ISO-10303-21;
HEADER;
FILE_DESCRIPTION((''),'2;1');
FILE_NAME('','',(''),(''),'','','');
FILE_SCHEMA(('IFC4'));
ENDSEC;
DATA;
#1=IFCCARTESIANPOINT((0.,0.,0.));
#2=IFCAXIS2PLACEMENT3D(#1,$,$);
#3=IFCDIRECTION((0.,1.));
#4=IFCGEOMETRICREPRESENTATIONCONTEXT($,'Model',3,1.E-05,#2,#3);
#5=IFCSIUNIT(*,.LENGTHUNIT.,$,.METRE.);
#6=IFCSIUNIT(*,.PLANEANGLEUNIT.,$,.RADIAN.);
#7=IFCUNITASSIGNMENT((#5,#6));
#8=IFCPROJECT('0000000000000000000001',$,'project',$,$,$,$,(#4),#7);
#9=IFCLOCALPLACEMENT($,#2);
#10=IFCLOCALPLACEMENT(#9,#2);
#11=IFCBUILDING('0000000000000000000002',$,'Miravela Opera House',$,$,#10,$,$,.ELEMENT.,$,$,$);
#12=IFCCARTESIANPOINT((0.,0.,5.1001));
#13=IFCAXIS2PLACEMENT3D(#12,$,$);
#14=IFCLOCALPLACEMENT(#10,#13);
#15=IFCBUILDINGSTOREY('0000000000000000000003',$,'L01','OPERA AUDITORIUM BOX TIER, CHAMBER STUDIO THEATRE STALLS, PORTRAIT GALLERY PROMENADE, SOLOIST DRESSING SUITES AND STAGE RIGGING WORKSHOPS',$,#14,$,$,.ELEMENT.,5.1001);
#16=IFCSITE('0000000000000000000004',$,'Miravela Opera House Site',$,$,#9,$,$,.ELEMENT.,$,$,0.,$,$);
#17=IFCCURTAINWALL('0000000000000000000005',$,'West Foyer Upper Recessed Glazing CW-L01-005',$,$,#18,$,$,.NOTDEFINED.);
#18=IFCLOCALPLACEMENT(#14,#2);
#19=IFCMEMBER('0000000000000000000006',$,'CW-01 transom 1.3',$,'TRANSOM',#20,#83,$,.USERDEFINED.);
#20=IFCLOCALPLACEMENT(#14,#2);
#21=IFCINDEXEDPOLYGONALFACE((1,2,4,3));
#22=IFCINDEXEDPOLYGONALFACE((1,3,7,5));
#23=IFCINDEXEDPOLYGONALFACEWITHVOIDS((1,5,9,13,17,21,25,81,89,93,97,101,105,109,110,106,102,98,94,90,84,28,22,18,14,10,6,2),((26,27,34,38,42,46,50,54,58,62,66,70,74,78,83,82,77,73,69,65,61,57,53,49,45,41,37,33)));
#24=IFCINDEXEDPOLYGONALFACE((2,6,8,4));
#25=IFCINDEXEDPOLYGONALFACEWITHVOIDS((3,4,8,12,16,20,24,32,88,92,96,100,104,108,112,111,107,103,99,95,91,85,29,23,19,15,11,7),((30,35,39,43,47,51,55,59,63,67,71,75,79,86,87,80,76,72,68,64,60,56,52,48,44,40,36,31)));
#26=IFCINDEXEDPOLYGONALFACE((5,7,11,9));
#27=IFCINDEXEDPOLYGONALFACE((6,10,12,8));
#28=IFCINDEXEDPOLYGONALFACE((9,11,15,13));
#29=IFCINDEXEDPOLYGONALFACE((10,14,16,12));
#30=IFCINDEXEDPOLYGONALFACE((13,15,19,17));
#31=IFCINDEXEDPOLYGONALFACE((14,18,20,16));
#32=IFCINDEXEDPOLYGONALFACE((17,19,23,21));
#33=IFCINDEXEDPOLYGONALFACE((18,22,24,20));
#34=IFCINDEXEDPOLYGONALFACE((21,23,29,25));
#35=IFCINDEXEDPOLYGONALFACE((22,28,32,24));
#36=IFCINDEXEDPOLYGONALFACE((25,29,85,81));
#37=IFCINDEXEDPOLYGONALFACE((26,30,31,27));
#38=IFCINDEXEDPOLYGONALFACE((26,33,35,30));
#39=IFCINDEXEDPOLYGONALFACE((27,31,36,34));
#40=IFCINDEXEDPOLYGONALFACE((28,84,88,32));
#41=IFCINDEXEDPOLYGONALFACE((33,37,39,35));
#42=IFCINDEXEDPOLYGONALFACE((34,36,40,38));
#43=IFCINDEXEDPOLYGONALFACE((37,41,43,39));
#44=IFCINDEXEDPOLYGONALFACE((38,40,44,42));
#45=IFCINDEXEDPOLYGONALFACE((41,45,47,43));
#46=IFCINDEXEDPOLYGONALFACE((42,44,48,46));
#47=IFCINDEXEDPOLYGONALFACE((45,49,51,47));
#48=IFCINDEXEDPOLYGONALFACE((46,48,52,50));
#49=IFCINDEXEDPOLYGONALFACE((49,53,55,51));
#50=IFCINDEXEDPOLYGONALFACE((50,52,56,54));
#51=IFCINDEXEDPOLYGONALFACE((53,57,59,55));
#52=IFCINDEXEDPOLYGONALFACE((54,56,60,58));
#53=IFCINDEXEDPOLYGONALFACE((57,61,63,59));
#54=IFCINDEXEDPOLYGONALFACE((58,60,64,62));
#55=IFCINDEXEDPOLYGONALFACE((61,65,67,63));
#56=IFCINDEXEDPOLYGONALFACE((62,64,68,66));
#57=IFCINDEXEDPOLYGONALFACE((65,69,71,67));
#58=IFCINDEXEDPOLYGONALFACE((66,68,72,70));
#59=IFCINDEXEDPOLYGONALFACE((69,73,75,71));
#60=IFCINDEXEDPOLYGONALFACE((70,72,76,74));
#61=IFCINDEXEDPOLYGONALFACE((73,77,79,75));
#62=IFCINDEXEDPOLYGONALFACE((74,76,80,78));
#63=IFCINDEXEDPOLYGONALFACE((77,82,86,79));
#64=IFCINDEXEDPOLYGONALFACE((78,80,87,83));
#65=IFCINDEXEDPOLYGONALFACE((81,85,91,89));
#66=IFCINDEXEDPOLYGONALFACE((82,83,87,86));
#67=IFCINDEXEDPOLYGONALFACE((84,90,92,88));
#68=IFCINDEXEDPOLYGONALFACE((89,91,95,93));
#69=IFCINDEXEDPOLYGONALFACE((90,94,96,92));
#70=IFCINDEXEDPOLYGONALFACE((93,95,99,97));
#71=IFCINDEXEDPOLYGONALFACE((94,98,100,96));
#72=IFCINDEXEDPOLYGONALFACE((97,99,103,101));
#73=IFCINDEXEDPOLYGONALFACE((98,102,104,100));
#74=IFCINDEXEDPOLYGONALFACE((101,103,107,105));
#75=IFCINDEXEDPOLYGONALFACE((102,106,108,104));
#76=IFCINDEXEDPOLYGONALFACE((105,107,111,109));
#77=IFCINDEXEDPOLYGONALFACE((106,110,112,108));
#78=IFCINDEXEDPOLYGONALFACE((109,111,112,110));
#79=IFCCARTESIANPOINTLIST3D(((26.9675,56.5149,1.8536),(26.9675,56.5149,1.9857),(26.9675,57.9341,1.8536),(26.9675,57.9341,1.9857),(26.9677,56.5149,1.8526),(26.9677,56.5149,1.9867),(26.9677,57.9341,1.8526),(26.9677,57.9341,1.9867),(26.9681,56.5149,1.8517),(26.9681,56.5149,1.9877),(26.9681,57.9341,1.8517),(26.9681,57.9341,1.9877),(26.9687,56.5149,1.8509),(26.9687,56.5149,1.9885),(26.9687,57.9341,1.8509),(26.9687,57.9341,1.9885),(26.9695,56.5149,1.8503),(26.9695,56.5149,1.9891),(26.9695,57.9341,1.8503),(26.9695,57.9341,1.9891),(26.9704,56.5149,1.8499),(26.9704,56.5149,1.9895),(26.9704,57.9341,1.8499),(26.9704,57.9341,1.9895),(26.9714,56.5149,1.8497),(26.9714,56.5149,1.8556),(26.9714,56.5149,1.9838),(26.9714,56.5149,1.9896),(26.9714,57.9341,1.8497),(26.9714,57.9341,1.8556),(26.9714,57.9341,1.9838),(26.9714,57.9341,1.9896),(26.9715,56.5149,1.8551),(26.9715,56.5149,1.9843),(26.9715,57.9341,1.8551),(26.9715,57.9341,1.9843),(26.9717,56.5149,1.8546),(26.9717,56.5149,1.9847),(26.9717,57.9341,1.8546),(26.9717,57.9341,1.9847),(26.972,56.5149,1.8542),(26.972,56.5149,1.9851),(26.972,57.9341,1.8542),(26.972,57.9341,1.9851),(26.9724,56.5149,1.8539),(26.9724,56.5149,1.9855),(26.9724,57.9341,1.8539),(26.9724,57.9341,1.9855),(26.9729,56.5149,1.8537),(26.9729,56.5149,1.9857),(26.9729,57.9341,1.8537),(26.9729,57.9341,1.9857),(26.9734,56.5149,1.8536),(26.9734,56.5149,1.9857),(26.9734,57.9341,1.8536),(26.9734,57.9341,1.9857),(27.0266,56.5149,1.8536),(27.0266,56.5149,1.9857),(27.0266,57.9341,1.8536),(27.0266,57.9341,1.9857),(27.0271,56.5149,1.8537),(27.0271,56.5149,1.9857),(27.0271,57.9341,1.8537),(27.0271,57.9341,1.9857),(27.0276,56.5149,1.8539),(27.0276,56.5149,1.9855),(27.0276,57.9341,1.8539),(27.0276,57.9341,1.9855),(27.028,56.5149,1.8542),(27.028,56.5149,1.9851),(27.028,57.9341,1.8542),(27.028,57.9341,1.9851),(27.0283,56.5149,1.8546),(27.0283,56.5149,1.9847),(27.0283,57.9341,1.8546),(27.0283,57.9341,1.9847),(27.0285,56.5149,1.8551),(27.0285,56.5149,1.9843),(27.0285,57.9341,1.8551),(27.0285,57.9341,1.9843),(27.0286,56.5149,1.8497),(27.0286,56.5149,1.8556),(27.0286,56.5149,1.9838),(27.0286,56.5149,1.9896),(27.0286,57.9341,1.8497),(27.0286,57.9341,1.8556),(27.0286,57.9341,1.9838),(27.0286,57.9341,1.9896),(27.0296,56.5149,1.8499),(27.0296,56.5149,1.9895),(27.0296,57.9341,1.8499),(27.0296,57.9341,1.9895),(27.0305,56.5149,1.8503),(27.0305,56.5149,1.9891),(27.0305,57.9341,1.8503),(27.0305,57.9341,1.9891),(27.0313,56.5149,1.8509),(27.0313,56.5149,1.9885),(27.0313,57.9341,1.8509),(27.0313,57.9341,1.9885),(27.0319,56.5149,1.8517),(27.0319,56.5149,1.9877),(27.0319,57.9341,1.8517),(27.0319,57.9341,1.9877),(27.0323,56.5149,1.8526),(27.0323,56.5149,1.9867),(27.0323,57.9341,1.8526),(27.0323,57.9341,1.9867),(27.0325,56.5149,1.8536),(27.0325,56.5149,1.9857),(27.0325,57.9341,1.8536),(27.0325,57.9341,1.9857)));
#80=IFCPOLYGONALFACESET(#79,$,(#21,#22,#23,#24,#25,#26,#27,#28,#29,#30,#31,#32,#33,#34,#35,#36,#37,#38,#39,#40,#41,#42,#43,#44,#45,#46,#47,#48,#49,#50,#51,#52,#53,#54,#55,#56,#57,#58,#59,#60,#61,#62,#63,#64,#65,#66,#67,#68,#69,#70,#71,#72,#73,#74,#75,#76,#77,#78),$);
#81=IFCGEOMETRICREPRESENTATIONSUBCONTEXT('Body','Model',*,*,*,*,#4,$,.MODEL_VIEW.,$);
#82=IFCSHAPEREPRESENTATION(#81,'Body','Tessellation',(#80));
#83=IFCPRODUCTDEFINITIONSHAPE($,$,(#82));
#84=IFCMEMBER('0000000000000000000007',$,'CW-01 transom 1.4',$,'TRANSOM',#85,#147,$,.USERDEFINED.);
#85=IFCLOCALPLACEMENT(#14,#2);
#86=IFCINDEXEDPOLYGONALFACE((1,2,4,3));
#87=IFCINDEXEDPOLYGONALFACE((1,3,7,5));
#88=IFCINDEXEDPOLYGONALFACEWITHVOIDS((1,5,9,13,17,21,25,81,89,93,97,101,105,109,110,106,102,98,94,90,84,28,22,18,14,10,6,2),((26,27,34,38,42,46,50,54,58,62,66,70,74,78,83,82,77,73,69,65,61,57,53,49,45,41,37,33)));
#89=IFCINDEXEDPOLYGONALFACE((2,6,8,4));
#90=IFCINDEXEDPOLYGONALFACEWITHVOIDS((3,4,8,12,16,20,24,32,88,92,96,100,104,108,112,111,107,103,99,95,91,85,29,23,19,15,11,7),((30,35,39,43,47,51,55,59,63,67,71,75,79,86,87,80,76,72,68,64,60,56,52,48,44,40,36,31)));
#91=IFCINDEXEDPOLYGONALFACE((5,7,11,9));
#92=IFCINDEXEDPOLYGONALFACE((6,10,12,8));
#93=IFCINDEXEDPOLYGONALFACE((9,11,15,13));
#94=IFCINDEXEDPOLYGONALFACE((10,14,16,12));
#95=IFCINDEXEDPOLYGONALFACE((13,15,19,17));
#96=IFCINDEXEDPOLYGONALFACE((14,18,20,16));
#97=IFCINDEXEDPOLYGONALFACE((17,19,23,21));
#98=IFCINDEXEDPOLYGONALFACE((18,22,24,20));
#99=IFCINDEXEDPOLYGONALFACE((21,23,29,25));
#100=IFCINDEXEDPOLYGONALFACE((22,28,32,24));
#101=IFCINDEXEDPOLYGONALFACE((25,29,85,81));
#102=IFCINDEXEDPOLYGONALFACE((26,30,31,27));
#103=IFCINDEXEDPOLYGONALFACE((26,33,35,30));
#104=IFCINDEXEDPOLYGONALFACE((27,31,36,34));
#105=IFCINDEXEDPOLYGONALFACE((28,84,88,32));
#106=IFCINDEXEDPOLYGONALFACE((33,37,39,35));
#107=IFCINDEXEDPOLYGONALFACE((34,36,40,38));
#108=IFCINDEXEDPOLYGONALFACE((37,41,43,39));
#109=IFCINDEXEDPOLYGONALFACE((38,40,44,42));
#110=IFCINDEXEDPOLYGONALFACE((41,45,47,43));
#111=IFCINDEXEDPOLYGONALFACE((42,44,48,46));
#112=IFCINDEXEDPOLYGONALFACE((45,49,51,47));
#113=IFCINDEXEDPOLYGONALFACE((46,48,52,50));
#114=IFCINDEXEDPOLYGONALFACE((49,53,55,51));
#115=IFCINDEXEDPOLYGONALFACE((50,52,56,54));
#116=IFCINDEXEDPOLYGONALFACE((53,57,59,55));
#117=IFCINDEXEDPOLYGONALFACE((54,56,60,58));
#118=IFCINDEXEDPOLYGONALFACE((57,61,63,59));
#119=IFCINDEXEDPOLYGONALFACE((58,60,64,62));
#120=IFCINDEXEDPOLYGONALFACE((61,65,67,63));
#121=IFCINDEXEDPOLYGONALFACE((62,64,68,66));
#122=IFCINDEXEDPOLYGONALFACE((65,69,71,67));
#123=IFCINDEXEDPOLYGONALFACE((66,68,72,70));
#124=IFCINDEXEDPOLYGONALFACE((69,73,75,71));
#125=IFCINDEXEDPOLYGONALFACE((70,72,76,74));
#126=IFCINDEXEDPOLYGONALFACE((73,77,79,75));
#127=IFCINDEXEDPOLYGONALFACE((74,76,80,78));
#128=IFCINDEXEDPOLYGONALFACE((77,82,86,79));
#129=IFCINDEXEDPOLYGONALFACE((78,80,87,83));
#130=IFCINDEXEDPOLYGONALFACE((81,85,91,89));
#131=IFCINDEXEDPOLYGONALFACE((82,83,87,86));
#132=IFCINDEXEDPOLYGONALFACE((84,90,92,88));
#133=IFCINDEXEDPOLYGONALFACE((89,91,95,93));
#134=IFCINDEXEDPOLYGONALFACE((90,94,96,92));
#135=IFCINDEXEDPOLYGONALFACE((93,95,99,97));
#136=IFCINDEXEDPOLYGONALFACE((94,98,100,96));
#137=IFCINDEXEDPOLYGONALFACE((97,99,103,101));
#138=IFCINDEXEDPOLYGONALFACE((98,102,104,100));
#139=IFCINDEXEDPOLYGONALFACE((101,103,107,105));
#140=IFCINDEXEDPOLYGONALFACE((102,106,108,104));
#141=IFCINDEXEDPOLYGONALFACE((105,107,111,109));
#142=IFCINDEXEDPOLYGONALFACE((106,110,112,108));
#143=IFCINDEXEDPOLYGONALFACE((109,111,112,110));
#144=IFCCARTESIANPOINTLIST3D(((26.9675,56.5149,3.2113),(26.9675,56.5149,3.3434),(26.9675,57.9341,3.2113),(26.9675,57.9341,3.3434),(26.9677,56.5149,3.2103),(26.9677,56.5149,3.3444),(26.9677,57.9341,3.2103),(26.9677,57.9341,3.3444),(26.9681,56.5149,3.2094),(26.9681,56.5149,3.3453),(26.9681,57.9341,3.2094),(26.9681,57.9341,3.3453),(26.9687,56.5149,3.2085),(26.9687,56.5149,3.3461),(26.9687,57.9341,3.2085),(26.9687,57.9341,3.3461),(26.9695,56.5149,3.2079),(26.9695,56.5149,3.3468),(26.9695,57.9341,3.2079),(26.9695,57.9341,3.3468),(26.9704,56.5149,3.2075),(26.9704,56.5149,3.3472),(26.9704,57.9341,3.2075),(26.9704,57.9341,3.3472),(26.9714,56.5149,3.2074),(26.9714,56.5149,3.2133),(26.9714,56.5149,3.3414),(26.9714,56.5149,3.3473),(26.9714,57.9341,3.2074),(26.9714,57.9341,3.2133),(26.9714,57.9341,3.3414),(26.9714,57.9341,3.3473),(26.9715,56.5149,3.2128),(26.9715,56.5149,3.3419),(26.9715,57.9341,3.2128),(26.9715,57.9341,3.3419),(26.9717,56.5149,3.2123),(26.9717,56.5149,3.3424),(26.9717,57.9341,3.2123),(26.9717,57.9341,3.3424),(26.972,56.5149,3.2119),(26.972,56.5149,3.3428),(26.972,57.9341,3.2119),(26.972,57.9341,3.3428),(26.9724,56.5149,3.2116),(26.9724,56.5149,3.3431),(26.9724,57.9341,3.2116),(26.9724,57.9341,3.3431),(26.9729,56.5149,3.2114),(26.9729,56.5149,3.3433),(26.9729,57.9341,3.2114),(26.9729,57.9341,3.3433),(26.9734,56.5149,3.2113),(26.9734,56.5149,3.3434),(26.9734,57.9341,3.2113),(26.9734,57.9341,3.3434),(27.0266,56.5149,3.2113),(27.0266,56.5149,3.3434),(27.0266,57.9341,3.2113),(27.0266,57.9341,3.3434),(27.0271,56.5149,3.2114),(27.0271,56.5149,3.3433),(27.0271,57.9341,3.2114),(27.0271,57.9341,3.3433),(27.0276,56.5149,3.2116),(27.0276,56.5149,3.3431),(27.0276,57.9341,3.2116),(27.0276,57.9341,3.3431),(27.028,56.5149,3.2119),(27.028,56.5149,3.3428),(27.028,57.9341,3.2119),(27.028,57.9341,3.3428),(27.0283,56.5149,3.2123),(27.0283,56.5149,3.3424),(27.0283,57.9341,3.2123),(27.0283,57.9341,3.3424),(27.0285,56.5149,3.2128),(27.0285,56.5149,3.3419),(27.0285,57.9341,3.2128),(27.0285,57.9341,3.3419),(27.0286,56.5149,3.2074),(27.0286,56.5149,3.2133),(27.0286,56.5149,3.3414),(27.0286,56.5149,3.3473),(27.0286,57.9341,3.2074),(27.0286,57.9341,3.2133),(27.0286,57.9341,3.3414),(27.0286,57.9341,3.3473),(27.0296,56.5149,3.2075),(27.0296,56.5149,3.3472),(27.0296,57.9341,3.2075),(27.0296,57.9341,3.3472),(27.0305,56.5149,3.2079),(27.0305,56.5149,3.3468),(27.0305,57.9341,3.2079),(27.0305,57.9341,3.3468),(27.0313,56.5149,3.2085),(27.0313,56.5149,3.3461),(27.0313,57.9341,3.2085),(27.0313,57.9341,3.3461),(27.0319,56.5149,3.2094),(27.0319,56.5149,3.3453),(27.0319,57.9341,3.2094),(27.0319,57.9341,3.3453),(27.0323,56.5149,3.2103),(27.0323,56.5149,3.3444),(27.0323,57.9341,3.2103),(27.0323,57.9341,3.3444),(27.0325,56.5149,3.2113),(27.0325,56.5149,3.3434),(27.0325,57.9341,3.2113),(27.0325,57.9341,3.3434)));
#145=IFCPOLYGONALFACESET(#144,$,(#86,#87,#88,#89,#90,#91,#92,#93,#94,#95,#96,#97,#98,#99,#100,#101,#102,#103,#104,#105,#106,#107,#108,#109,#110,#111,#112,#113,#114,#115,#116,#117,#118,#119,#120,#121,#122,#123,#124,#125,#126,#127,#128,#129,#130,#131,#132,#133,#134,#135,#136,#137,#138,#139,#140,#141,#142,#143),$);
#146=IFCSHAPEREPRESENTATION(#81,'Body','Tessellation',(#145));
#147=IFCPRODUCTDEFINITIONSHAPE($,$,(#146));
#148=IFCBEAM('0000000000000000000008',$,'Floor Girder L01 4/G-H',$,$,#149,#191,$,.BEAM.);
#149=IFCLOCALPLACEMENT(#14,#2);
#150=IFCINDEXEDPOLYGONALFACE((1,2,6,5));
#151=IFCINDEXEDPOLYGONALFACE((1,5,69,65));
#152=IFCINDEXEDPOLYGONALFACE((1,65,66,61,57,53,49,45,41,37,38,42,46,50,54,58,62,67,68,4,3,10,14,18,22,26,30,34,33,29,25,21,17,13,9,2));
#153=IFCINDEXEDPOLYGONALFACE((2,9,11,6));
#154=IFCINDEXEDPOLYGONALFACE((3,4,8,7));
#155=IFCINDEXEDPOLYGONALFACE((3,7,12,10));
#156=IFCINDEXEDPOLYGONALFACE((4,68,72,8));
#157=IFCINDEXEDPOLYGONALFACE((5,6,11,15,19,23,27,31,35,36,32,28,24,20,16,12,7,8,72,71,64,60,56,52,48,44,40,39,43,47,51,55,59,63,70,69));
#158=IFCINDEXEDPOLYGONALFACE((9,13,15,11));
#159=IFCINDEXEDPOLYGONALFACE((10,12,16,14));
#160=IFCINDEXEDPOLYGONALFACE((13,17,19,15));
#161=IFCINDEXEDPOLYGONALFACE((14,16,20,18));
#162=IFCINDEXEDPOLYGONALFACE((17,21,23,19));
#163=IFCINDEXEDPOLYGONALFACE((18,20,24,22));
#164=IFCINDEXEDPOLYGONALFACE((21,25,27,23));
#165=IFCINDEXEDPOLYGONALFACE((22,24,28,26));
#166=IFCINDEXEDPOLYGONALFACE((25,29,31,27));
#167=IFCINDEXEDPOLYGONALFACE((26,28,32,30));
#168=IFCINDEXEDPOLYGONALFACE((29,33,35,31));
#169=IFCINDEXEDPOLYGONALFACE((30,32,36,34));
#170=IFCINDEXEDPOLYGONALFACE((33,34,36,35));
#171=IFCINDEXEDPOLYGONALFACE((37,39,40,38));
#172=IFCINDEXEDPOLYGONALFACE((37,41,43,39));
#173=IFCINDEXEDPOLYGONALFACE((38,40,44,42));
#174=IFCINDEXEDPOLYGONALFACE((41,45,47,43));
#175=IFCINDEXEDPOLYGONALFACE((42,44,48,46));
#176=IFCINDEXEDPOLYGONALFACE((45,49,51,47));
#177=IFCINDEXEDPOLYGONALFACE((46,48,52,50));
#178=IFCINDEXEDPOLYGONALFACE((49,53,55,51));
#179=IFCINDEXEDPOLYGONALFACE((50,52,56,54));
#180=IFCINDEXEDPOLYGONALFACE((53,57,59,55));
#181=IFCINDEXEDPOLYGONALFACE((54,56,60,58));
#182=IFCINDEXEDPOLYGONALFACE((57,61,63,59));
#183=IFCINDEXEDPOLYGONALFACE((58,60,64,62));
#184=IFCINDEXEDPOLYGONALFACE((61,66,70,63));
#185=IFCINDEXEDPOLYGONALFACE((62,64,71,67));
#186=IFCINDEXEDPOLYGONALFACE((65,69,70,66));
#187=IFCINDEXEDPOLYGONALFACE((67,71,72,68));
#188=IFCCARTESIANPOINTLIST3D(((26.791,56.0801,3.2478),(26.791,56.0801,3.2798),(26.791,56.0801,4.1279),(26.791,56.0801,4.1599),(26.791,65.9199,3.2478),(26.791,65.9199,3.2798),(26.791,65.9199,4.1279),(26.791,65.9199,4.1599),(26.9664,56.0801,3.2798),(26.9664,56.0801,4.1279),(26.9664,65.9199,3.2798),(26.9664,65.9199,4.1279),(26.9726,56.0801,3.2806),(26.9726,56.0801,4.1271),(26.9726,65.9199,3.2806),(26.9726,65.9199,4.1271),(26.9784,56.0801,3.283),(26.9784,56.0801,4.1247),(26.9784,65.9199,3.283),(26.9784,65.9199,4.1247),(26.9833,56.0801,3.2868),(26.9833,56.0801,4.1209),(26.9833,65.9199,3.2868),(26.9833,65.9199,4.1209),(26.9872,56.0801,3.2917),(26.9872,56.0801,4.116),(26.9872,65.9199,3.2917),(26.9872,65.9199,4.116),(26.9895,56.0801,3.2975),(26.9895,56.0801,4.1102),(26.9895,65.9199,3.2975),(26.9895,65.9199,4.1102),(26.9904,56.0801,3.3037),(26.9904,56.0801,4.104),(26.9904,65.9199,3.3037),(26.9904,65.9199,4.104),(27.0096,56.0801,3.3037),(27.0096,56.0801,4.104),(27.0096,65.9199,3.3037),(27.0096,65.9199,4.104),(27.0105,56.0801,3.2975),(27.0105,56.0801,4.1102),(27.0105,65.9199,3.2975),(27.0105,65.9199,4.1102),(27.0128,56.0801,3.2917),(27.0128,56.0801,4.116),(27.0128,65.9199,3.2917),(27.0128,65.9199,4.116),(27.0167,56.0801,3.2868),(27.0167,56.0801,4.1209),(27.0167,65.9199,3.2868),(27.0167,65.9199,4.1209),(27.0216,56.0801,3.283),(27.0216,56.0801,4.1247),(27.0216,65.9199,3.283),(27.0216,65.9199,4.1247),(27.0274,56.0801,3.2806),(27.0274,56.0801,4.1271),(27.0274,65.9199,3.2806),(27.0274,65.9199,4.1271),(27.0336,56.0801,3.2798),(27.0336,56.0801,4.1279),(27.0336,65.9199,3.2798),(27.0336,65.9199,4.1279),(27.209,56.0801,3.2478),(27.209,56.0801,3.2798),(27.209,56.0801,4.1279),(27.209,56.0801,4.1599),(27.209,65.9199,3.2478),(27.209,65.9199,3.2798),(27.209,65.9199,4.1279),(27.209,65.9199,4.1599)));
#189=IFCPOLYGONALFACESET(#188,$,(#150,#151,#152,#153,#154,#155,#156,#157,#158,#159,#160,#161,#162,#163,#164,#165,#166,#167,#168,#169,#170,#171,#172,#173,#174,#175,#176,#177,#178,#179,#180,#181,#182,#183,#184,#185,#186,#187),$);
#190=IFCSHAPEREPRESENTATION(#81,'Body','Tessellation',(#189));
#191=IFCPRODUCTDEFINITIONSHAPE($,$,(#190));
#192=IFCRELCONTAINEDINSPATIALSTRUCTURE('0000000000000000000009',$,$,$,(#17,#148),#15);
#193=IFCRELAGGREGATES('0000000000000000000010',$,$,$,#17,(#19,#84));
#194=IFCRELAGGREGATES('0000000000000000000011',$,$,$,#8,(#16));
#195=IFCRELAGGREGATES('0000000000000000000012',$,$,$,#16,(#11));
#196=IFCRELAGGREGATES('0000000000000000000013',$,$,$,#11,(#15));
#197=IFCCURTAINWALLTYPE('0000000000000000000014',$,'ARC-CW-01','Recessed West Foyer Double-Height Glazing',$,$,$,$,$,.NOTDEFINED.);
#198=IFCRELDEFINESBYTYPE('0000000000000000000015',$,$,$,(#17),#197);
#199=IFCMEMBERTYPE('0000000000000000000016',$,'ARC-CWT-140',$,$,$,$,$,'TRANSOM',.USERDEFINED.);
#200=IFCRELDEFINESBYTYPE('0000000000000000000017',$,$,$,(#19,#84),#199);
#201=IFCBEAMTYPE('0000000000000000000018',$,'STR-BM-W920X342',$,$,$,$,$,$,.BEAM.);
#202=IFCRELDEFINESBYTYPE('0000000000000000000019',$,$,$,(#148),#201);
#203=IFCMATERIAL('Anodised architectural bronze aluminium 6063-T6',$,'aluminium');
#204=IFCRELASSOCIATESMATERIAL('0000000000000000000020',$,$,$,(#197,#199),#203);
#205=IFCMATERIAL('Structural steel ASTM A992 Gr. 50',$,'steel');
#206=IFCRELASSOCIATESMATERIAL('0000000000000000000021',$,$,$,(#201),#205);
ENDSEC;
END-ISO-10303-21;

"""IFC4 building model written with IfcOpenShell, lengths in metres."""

from ifc_helpers import new_model, si_unit, direction, frame, origin, origin_2d, place, context, subcontext, project, spatial, hollow_rectangle, i_section, extrude, material, material_profile, profile_set, type_object, element, aggregate, save


model = new_model("IFC4")

# Units and contexts
model_context = context("Model", 3, precision=1e-05, world=origin(), true_north=direction((0.0, 1.0)))
body_context = subcontext(model_context, "Body", "Model", "MODEL_VIEW")
ifc_project = project(units=[si_unit("LENGTHUNIT", "METRE"), si_unit("PLANEANGLEUNIT", "RADIAN")], contexts=[model_context])

# Site, building, storey
site_placement = place(None, origin())
site = spatial("IfcSite", under=ifc_project, at=site_placement, Name="Miravela Opera House Site", CompositionType="ELEMENT", RefElevation=0.0)
building_placement = place(site_placement, origin())
building = spatial("IfcBuilding", under=site, at=building_placement, Name="Miravela Opera House", CompositionType="ELEMENT")
storey_placement = place(building_placement, frame((0.0, 0.0, 5.1001)))
storey = spatial("IfcBuildingStorey", under=building, at=storey_placement, Name="L01", Description="OPERA AUDITORIUM BOX TIER, CHAMBER STUDIO THEATRE STALLS, PORTRAIT GALLERY PROMENADE, SOLOIST DRESSING SUITES AND STAGE RIGGING WORKSHOPS", CompositionType="ELEMENT", Elevation=5.1001)

# Shared definitions
ifc_material_1 = material(Name="Anodised architectural bronze aluminium 6063-T6", Category="aluminium")
curtain_wall_type = type_object("IfcCurtainWallType", Name="ARC-CW-01", Description="Recessed West Foyer Double-Height Glazing", PredefinedType="NOTDEFINED", material=ifc_material_1)

# Curtain wall
curtain_wall_1_placement = place(storey_placement, origin())
curtain_wall_1 = element("IfcCurtainWall", 1, at=curtain_wall_1_placement, inside=storey, type_object=curtain_wall_type, Name="West Foyer Upper Recessed Glazing CW-L01-005", PredefinedType="NOTDEFINED")

# Members
ifc_material_profile_1 = material_profile(ifc_material_1, hollow_rectangle(XDim=0.0649, YDim=0.1399, WallThickness=0.0039, InnerFilletRadius=0.002, OuterFilletRadius=0.0039, at=origin_2d()), Name="CWT-65X140")
ifc_profile_set_1 = profile_set([ifc_material_profile_1])
member_type_1 = type_object("IfcMemberType", Name="ARC-CWT-140", ElementType="TRANSOM", PredefinedType="USERDEFINED", material=ifc_profile_set_1)
member_1_placement = place(storey_placement, frame((27.0, 56.5149, 1.9197), z_axis=(0.0, 1.0, 0.0), x_axis=(-1.0, 0.0, 0.0)))
member_1 = element("IfcMember", 2, at=member_1_placement, type_object=member_type_1, Name="CW-01 transom 1.3", ObjectType="TRANSOM", PredefinedType="USERDEFINED", context=body_context, shape_type="SweptSolid", body=[
    extrude(hollow_rectangle(XDim=0.0649, YDim=0.1399, WallThickness=0.0039, InnerFilletRadius=0.002, OuterFilletRadius=0.0039, at=origin_2d()), origin(), (0.0, 0.0, 1.0), 1.4192),
])
member_2_placement = place(storey_placement, frame((27.0, 56.5149, 3.2773), z_axis=(0.0, 1.0, 0.0), x_axis=(-1.0, 0.0, 0.0)))
member_2 = element("IfcMember", 3, at=member_2_placement, type_object=member_type_1, Name="CW-01 transom 1.4", ObjectType="TRANSOM", PredefinedType="USERDEFINED", context=body_context, shape_type="SweptSolid", body=[
    extrude(hollow_rectangle(XDim=0.0649, YDim=0.1399, WallThickness=0.0039, InnerFilletRadius=0.002, OuterFilletRadius=0.0039, at=origin_2d()), origin(), (0.0, 0.0, 1.0), 1.4192),
])
aggregate(curtain_wall_1, [member_1, member_2])

# Beam
ifc_material_2 = material(Name="Structural steel ASTM A992 Gr. 50", Category="steel")
ifc_material_profile_2 = material_profile(ifc_material_2, i_section(OverallWidth=0.418, OverallDepth=0.9121, WebThickness=0.0193, FlangeThickness=0.032, FilletRadius=0.0239, at=origin_2d()), Name="W920X342")
ifc_profile_set_2 = profile_set([ifc_material_profile_2])
beam_type = type_object("IfcBeamType", Name="STR-BM-W920X342", PredefinedType="BEAM", material=ifc_profile_set_2)
beam_placement = place(storey_placement, frame((27.0, 56.0801, 3.7039), z_axis=(0.0, 1.0, 0.0), x_axis=(-1.0, 0.0, 0.0)))
element("IfcBeam", 4, at=beam_placement, inside=storey, type_object=beam_type, Name="Floor Girder L01 4/G-H", PredefinedType="BEAM", context=body_context, shape_type="SweptSolid", body=[
    extrude(i_section(OverallWidth=0.418, OverallDepth=0.9121, WebThickness=0.0193, FlangeThickness=0.032, FilletRadius=0.0239, at=origin_2d()), origin(), (0.0, 0.0, 1.0), 9.8398),
])

save(model, "model.ifc")
